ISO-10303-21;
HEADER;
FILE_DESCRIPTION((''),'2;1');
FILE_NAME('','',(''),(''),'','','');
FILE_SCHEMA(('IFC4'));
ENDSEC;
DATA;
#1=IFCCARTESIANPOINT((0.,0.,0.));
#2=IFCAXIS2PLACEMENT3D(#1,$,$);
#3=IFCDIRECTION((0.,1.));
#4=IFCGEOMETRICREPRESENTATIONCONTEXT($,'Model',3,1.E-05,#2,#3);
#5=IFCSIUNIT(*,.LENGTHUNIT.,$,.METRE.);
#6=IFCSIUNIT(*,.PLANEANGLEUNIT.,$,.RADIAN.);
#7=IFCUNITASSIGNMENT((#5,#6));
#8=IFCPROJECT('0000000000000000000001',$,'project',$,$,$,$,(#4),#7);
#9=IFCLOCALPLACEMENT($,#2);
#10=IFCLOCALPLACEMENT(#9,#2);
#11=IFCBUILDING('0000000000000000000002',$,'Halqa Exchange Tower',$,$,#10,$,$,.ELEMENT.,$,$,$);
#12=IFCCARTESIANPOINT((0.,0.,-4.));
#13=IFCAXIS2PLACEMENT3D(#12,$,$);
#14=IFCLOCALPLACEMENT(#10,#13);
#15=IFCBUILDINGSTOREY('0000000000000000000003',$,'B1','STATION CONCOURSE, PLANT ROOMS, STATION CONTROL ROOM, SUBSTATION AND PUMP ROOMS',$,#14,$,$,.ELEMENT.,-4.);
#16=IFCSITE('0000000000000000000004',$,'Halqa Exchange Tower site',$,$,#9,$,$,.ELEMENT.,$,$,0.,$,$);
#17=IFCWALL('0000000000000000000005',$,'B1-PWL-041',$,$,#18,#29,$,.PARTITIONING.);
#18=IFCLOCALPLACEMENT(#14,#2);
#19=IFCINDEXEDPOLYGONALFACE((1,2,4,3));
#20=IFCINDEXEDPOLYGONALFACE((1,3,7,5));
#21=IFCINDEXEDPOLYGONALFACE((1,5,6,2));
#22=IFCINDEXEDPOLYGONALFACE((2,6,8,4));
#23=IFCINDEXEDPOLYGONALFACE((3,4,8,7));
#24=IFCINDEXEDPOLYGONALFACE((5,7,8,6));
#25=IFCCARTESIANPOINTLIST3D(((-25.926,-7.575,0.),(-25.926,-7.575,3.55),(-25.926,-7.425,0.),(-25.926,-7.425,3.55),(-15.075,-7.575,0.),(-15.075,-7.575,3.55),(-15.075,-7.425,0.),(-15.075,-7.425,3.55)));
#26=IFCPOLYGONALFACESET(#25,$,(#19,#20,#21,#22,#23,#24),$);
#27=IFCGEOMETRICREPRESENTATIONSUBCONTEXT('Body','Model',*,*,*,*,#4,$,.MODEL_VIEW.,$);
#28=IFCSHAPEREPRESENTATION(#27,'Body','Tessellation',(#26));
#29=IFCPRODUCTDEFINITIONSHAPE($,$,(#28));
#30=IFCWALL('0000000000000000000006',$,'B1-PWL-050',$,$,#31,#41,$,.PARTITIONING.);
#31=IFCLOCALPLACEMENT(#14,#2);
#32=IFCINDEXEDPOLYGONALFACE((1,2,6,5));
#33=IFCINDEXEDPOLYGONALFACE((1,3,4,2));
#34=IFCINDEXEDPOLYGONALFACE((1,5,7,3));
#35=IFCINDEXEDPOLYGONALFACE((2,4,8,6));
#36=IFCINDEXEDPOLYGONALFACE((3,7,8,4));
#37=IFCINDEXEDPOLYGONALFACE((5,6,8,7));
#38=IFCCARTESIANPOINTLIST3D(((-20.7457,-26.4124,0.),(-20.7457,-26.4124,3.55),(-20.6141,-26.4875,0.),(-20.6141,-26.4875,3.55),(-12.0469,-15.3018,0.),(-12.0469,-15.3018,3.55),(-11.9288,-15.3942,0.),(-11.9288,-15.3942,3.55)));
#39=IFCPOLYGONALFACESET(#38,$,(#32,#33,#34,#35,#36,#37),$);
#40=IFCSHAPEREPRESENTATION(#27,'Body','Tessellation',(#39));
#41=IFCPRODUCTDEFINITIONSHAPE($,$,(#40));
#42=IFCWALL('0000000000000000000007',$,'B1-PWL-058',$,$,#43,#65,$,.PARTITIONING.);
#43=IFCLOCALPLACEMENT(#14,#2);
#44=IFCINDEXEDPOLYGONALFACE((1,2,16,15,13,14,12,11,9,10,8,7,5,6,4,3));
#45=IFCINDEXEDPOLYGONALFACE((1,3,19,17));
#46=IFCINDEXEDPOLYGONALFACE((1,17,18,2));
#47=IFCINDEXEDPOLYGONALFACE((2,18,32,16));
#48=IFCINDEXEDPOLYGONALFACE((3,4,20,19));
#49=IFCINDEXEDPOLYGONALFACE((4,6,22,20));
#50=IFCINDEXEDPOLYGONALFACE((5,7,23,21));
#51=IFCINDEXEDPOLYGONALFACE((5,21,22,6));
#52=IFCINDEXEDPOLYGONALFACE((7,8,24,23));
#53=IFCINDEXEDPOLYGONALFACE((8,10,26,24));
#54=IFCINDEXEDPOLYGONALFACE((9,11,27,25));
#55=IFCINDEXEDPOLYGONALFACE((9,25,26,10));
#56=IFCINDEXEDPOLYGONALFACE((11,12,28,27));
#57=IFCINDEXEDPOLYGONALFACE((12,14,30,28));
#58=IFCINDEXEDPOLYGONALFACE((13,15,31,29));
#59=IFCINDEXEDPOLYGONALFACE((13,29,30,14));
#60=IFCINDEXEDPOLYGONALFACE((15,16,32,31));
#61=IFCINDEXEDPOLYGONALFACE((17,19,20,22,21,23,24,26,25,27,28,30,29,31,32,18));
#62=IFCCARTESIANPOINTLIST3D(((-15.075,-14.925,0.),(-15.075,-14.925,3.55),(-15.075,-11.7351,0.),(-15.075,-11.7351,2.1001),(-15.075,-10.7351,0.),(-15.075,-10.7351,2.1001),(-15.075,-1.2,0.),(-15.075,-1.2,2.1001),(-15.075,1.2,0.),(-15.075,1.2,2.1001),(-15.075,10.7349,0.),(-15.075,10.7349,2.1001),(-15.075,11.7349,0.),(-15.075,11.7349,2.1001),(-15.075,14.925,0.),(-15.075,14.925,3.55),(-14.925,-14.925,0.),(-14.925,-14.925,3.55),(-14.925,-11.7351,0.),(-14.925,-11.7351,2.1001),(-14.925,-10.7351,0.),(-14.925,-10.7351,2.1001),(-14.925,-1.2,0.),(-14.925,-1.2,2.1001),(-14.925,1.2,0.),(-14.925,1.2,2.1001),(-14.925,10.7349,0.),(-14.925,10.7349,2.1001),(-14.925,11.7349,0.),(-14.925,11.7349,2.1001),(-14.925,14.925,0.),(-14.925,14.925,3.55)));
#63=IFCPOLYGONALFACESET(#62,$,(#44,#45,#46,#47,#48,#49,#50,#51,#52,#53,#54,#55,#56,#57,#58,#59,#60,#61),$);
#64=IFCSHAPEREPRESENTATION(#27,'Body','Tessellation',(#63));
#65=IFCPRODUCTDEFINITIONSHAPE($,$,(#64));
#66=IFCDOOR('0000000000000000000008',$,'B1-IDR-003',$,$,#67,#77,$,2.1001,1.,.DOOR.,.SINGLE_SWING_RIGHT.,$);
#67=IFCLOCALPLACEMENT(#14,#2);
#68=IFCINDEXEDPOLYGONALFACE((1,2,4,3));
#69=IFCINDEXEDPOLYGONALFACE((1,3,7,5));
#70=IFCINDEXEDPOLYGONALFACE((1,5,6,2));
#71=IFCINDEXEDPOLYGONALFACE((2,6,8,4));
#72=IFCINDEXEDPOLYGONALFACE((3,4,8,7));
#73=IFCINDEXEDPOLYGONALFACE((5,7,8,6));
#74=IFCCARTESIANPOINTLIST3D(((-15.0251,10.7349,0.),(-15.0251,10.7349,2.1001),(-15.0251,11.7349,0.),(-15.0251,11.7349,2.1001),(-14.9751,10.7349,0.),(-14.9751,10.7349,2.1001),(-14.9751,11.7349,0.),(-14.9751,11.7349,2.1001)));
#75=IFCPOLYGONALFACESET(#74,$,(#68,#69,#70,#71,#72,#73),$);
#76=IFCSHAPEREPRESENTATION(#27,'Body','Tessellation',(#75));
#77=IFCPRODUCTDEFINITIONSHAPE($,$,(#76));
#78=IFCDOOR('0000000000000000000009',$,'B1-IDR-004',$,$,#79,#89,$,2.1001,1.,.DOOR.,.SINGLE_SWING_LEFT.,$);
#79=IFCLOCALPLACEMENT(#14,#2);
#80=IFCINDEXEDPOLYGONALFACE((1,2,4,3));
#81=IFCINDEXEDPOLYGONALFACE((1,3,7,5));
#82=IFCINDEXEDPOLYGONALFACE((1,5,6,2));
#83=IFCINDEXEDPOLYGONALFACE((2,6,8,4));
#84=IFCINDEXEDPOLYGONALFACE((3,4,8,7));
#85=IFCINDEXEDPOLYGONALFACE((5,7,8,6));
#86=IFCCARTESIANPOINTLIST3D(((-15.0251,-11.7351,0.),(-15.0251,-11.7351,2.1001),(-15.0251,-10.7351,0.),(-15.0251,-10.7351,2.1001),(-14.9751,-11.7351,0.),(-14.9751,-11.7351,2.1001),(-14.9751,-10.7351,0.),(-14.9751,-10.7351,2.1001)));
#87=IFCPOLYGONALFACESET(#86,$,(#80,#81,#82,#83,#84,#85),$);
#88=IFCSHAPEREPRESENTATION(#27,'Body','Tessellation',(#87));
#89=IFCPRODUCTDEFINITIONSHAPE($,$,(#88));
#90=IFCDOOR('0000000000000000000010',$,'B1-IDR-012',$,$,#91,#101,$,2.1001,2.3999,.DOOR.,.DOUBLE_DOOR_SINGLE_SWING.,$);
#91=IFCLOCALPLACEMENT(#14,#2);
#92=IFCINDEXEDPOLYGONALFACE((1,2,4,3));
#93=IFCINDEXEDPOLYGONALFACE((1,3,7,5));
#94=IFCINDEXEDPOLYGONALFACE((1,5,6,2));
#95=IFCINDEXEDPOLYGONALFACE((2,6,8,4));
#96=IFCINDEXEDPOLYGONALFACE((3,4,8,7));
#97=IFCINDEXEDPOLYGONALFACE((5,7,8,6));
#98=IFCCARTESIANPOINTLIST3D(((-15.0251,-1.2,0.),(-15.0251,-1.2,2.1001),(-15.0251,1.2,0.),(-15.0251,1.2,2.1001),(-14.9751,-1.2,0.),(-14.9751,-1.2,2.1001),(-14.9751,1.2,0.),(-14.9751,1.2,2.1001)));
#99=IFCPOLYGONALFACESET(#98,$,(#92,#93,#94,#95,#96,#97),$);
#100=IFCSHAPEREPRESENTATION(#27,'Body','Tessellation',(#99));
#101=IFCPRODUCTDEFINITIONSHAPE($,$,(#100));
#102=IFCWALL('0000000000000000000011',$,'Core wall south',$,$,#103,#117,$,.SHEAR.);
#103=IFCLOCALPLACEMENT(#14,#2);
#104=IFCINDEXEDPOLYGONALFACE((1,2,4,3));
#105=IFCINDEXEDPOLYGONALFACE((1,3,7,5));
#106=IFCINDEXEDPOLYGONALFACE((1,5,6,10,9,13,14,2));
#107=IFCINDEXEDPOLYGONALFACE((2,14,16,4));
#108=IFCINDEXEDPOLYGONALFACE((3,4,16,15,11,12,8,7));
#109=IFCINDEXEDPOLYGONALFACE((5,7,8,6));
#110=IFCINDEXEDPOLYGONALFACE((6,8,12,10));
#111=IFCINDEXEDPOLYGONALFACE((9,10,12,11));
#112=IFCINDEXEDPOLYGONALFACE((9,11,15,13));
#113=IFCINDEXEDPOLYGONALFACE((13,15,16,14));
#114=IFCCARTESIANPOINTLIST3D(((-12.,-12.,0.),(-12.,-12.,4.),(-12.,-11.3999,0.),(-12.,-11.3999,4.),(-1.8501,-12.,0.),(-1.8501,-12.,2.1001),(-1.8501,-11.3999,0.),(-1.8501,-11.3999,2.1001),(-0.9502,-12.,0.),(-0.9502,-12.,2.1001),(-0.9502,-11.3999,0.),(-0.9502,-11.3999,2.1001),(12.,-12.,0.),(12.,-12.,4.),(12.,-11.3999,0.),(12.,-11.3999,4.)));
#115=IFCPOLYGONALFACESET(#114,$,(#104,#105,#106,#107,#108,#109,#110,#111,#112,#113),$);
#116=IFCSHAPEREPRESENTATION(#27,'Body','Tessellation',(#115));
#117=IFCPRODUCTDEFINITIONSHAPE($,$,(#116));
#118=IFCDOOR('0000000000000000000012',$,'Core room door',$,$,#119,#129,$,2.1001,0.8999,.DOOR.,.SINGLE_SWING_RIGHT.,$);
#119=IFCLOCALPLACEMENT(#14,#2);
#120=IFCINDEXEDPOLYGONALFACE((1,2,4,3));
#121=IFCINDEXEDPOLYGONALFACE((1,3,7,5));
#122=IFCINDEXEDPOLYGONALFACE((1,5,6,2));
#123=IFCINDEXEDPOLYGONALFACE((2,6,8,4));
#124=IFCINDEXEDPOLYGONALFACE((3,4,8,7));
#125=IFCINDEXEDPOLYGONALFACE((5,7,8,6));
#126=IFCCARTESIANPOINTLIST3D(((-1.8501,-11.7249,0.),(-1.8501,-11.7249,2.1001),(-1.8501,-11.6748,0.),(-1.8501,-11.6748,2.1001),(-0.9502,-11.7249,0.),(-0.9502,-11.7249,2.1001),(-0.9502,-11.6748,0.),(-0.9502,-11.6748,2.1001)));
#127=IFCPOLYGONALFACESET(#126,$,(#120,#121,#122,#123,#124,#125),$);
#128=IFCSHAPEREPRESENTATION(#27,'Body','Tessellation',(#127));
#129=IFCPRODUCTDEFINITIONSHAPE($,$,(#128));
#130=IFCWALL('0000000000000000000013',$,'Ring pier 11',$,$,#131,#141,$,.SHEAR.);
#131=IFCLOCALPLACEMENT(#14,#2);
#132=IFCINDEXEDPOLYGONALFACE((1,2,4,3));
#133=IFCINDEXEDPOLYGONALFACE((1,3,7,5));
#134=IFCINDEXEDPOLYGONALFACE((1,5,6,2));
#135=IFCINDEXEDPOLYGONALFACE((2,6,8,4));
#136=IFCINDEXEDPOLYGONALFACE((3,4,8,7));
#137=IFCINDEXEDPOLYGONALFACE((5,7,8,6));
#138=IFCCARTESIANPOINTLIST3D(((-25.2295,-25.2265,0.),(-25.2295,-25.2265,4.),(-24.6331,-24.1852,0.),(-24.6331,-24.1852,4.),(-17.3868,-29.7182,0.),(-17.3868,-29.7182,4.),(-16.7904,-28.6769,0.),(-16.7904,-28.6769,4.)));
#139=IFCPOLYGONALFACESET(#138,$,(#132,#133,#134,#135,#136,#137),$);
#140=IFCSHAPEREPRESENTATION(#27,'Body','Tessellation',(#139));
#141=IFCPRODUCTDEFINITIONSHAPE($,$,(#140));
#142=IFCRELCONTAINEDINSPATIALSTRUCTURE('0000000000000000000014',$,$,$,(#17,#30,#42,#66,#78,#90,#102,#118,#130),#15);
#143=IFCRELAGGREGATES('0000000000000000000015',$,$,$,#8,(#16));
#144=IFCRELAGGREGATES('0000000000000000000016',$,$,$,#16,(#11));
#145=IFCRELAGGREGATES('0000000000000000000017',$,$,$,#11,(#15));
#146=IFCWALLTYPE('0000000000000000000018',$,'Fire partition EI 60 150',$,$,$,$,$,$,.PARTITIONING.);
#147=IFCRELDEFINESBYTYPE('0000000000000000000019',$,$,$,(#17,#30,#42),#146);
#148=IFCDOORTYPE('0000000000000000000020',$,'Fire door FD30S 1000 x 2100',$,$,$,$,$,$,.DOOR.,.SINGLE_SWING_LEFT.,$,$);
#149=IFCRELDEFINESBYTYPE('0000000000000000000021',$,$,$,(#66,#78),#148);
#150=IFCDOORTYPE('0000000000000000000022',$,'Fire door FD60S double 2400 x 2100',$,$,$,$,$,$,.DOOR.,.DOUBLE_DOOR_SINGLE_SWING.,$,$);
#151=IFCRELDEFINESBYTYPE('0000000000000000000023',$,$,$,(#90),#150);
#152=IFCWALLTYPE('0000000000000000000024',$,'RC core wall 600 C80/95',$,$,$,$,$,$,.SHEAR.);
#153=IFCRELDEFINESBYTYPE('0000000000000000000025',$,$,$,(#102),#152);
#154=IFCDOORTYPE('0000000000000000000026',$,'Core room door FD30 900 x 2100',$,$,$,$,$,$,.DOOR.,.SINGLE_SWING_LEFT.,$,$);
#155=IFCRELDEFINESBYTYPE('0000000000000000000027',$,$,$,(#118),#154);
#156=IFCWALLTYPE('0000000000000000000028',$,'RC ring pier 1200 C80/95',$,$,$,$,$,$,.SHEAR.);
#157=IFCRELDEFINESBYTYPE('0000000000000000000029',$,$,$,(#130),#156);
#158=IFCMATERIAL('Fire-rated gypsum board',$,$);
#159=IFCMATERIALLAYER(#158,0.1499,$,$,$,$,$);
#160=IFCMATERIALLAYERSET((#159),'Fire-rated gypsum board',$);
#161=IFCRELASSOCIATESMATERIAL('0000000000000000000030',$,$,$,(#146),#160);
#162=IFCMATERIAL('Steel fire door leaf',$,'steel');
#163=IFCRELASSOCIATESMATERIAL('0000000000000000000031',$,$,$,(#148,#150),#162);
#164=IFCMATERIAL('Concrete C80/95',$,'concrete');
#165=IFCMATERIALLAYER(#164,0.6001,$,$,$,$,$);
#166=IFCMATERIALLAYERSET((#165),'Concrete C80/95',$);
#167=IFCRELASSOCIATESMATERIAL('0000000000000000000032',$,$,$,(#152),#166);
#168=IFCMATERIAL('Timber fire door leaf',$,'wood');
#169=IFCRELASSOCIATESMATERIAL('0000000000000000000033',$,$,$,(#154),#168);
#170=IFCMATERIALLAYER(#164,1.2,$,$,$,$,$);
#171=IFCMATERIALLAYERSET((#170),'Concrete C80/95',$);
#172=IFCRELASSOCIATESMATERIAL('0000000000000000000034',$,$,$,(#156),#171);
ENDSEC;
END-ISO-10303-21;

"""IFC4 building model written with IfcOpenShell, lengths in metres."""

from ifc_helpers import new_model, si_unit, direction, frame, frame_2d, origin, place, context, subcontext, project, spatial, polyline, rectangle, outline, extrude, material, layer, layer_set, type_object, element, fill, save


model = new_model("IFC4")

# Units and contexts
model_context = context("Model", 3, precision=1e-05, world=origin(), true_north=direction((0.0, 1.0)))
body_context = subcontext(model_context, "Body", "Model", "MODEL_VIEW")
ifc_project = project(units=[si_unit("LENGTHUNIT", "METRE"), si_unit("PLANEANGLEUNIT", "RADIAN")], contexts=[model_context])

# Site, building, storey
site_placement = place(None, origin())
site = spatial("IfcSite", under=ifc_project, at=site_placement, Name="Halqa Exchange Tower site", CompositionType="ELEMENT", RefElevation=0.0)
building_placement = place(site_placement, origin())
building = spatial("IfcBuilding", under=site, at=building_placement, Name="Halqa Exchange Tower", CompositionType="ELEMENT")
storey_placement = place(building_placement, frame((0.0, 0.0, -4.0)))
storey = spatial("IfcBuildingStorey", under=building, at=storey_placement, Name="B1", Description="STATION CONCOURSE, PLANT ROOMS, STATION CONTROL ROOM, SUBSTATION AND PUMP ROOMS", CompositionType="ELEMENT", Elevation=-4.0)

# Shared definitions
ifc_material_1 = material(Name="Fire-rated gypsum board")
ifc_layer_1 = layer(ifc_material_1, 0.1499)
ifc_layer_set_1 = layer_set([ifc_layer_1], Name="Fire-rated gypsum board")
wall_type_1 = type_object("IfcWallType", Name="Fire partition EI 60 150", PredefinedType="PARTITIONING", material=ifc_layer_set_1)

# Shared definitions
ifc_material_2 = material(Name="Steel fire door leaf", Category="steel")
door_type_1 = type_object("IfcDoorType", Name="Fire door FD30S 1000 x 2100", OperationType="SINGLE_SWING_LEFT", PredefinedType="DOOR", material=ifc_material_2)

# Walls
wall_1_placement = place(storey_placement, frame((-25.926, -7.5, 0.0), z_axis=(0.0, 0.0, 1.0), x_axis=(1.0, 0.0, 0.0)))
element("IfcWall", 1, at=wall_1_placement, inside=storey, type_object=wall_type_1, Name="B1-PWL-041", PredefinedType="PARTITIONING", context=body_context, shape_type="SweptSolid", body=[
    extrude(rectangle(XDim=10.8511, YDim=0.1499, at=frame_2d((5.4255, 0.0))), origin(), (0.0, 0.0, 1.0), 3.55),
])
wall_2_placement = place(storey_placement, frame((-20.6799, -26.45, 0.0), z_axis=(0.0, 0.0, 1.0), x_axis=(0.616466, 0.787382, 0.0)))
element("IfcWall", 2, at=wall_2_placement, inside=storey, type_object=wall_type_1, Name="B1-PWL-050", PredefinedType="PARTITIONING", context=body_context, shape_type="SweptSolid", body=[
    extrude(outline(polyline([(0.011, -0.075), (14.0999, -0.075), (14.0999, 0.075), (-0.011, 0.075), (0.011, -0.075)])), origin(), (0.0, 0.0, 1.0), 3.55),
])

# Wall, openings, doors
wall_3_placement = place(storey_placement, frame((-15.0, -14.925, 0.0), z_axis=(0.0, 0.0, 1.0), x_axis=(0.0, 1.0, 0.0)))
wall_3 = element("IfcWall", 3, at=wall_3_placement, inside=storey, type_object=wall_type_1, Name="B1-PWL-058", PredefinedType="PARTITIONING", context=body_context, shape_type="SweptSolid", body=[
    extrude(rectangle(XDim=29.8501, YDim=0.1499, at=frame_2d((14.925, 0.0))), origin(), (0.0, 0.0, 1.0), 3.55),
])
opening_1_placement = place(wall_3_placement, frame((25.6599, 0.0, 0.0)))
opening_1 = element("IfcOpeningElement", 4, at=opening_1_placement, cuts=wall_3, PredefinedType="OPENING", context=body_context, shape_type="SweptSolid", body=[
    extrude(rectangle(XDim=1.0, YDim=2.1001, at=frame_2d((0.5, 1.05))), frame((0.0, 0.0869, 0.0), z_axis=(0.0, -1.0, 0.0), x_axis=(1.0, 0.0, 0.0)), (0.0, 0.0, 1.0), 0.1738),
])
opening_2_placement = place(wall_3_placement, frame((3.1899, 0.0, 0.0)))
opening_2 = element("IfcOpeningElement", 5, at=opening_2_placement, cuts=wall_3, PredefinedType="OPENING", context=body_context, shape_type="SweptSolid", body=[
    extrude(rectangle(XDim=1.0, YDim=2.1001, at=frame_2d((0.5, 1.05))), frame((0.0, 0.0869, 0.0), z_axis=(0.0, -1.0, 0.0), x_axis=(1.0, 0.0, 0.0)), (0.0, 0.0, 1.0), 0.1738),
])
opening_3_placement = place(wall_3_placement, frame((13.7251, 0.0, 0.0)))
opening_3 = element("IfcOpeningElement", 6, at=opening_3_placement, cuts=wall_3, PredefinedType="OPENING", context=body_context, shape_type="SweptSolid", body=[
    extrude(rectangle(XDim=2.3999, YDim=2.1001, at=frame_2d((1.2, 1.05))), frame((0.0, 0.0869, 0.0), z_axis=(0.0, -1.0, 0.0), x_axis=(1.0, 0.0, 0.0)), (0.0, 0.0, 1.0), 0.1738),
])
door_1_placement = place(opening_1_placement, frame((1.0, 0.0, 0.0), z_axis=(0.0, 0.0, 1.0), x_axis=(-1.0, 0.0, 0.0)))
door_1 = element("IfcDoor", 7, at=door_1_placement, inside=storey, type_object=door_type_1, Name="B1-IDR-003", OperationType="SINGLE_SWING_RIGHT", OverallHeight=2.1001, OverallWidth=1.0, PredefinedType="DOOR", context=body_context, shape_type="SweptSolid", body=[
    extrude(rectangle(XDim=1.0, YDim=2.1001, at=frame_2d((0.5, 1.05))), frame((0.0, 0.0249, 0.0), z_axis=(0.0, -1.0, 0.0), x_axis=(1.0, 0.0, 0.0)), (0.0, 0.0, 1.0), 0.05),
])
fill(opening_1, door_1)
door_2_placement = place(opening_2_placement, frame((1.0, 0.0, 0.0), z_axis=(0.0, 0.0, 1.0), x_axis=(-1.0, 0.0, 0.0)))
door_2 = element("IfcDoor", 8, at=door_2_placement, inside=storey, type_object=door_type_1, Name="B1-IDR-004", OperationType="SINGLE_SWING_LEFT", OverallHeight=2.1001, OverallWidth=1.0, PredefinedType="DOOR", context=body_context, shape_type="SweptSolid", body=[
    extrude(rectangle(XDim=1.0, YDim=2.1001, at=frame_2d((0.5, 1.05))), frame((0.0, 0.0249, 0.0), z_axis=(0.0, -1.0, 0.0), x_axis=(1.0, 0.0, 0.0)), (0.0, 0.0, 1.0), 0.05),
])
fill(opening_2, door_2)
door_type_2 = type_object("IfcDoorType", Name="Fire door FD60S double 2400 x 2100", OperationType="DOUBLE_DOOR_SINGLE_SWING", PredefinedType="DOOR", material=ifc_material_2)
door_3_placement = place(opening_3_placement, frame((2.3999, 0.0, 0.0), z_axis=(0.0, 0.0, 1.0), x_axis=(-1.0, 0.0, 0.0)))
door_3 = element("IfcDoor", 9, at=door_3_placement, inside=storey, type_object=door_type_2, Name="B1-IDR-012", OperationType="DOUBLE_DOOR_SINGLE_SWING", OverallHeight=2.1001, OverallWidth=2.3999, PredefinedType="DOOR", context=body_context, shape_type="SweptSolid", body=[
    extrude(rectangle(XDim=2.3999, YDim=2.1001, at=frame_2d((1.2, 1.05))), frame((0.0, 0.0249, 0.0), z_axis=(0.0, -1.0, 0.0), x_axis=(1.0, 0.0, 0.0)), (0.0, 0.0, 1.0), 0.05),
])
fill(opening_3, door_3)

# Wall, opening, door
ifc_material_3 = material(Name="Concrete C80/95", Category="concrete")
ifc_layer_2 = layer(ifc_material_3, 0.6001)
ifc_layer_set_2 = layer_set([ifc_layer_2], Name="Concrete C80/95")
wall_type_2 = type_object("IfcWallType", Name="RC core wall 600 C80/95", PredefinedType="SHEAR", material=ifc_layer_set_2)
wall_4_placement = place(storey_placement, frame((-12.0, -11.7, 0.0), z_axis=(0.0, 0.0, 1.0), x_axis=(1.0, 0.0, 0.0)))
wall_4 = element("IfcWall", 10, at=wall_4_placement, inside=storey, type_object=wall_type_2, Name="Core wall south", PredefinedType="SHEAR", context=body_context, shape_type="SweptSolid", body=[
    extrude(rectangle(XDim=24.0, YDim=0.6001, at=frame_2d((12.0, 0.0))), origin(), (0.0, 0.0, 1.0), 4.0),
])
opening_4_placement = place(wall_4_placement, frame((10.1499, 0.0, 0.0)))
opening_4 = element("IfcOpeningElement", 11, at=opening_4_placement, cuts=wall_4, PredefinedType="OPENING", context=body_context, shape_type="SweptSolid", body=[
    extrude(rectangle(XDim=0.8999, YDim=2.1001, at=frame_2d((0.45, 1.05))), frame((0.0, 0.312, 0.0), z_axis=(0.0, -1.0, 0.0), x_axis=(1.0, 0.0, 0.0)), (0.0, 0.0, 1.0), 0.624),
])
ifc_material_4 = material(Name="Timber fire door leaf", Category="wood")
door_type_3 = type_object("IfcDoorType", Name="Core room door FD30 900 x 2100", OperationType="SINGLE_SWING_LEFT", PredefinedType="DOOR", material=ifc_material_4)
door_4_placement = place(opening_4_placement, frame((0.8999, 0.0, 0.0), z_axis=(0.0, 0.0, 1.0), x_axis=(-1.0, 0.0, 0.0)))
door_4 = element("IfcDoor", 12, at=door_4_placement, inside=storey, type_object=door_type_3, Name="Core room door", OperationType="SINGLE_SWING_RIGHT", OverallHeight=2.1001, OverallWidth=0.8999, PredefinedType="DOOR", context=body_context, shape_type="SweptSolid", body=[
    extrude(rectangle(XDim=0.8999, YDim=2.1001, at=frame_2d((0.45, 1.05))), frame((0.0, 0.0249, 0.0), z_axis=(0.0, -1.0, 0.0), x_axis=(1.0, 0.0, 0.0)), (0.0, 0.0, 1.0), 0.05),
])
fill(opening_4, door_4)

# Wall
ifc_layer_3 = layer(ifc_material_3, 1.2)
ifc_layer_set_3 = layer_set([ifc_layer_3], Name="Concrete C80/95")
wall_type_3 = type_object("IfcWallType", Name="RC ring pier 1200 C80/95", PredefinedType="SHEAR", material=ifc_layer_set_3)
wall_5_placement = place(storey_placement, frame((-24.9314, -24.7058, 0.0), z_axis=(0.0, 0.0, 1.0), x_axis=(0.867761, -0.496982, 0.0)))
element("IfcWall", 13, at=wall_5_placement, inside=storey, type_object=wall_type_3, Name="Ring pier 11", PredefinedType="SHEAR", context=body_context, shape_type="SweptSolid", body=[
    extrude(rectangle(XDim=9.0378, YDim=1.2, at=frame_2d((4.519, 0.0))), origin(), (0.0, 0.0, 1.0), 4.0),
])

save(model, "model.ifc")
